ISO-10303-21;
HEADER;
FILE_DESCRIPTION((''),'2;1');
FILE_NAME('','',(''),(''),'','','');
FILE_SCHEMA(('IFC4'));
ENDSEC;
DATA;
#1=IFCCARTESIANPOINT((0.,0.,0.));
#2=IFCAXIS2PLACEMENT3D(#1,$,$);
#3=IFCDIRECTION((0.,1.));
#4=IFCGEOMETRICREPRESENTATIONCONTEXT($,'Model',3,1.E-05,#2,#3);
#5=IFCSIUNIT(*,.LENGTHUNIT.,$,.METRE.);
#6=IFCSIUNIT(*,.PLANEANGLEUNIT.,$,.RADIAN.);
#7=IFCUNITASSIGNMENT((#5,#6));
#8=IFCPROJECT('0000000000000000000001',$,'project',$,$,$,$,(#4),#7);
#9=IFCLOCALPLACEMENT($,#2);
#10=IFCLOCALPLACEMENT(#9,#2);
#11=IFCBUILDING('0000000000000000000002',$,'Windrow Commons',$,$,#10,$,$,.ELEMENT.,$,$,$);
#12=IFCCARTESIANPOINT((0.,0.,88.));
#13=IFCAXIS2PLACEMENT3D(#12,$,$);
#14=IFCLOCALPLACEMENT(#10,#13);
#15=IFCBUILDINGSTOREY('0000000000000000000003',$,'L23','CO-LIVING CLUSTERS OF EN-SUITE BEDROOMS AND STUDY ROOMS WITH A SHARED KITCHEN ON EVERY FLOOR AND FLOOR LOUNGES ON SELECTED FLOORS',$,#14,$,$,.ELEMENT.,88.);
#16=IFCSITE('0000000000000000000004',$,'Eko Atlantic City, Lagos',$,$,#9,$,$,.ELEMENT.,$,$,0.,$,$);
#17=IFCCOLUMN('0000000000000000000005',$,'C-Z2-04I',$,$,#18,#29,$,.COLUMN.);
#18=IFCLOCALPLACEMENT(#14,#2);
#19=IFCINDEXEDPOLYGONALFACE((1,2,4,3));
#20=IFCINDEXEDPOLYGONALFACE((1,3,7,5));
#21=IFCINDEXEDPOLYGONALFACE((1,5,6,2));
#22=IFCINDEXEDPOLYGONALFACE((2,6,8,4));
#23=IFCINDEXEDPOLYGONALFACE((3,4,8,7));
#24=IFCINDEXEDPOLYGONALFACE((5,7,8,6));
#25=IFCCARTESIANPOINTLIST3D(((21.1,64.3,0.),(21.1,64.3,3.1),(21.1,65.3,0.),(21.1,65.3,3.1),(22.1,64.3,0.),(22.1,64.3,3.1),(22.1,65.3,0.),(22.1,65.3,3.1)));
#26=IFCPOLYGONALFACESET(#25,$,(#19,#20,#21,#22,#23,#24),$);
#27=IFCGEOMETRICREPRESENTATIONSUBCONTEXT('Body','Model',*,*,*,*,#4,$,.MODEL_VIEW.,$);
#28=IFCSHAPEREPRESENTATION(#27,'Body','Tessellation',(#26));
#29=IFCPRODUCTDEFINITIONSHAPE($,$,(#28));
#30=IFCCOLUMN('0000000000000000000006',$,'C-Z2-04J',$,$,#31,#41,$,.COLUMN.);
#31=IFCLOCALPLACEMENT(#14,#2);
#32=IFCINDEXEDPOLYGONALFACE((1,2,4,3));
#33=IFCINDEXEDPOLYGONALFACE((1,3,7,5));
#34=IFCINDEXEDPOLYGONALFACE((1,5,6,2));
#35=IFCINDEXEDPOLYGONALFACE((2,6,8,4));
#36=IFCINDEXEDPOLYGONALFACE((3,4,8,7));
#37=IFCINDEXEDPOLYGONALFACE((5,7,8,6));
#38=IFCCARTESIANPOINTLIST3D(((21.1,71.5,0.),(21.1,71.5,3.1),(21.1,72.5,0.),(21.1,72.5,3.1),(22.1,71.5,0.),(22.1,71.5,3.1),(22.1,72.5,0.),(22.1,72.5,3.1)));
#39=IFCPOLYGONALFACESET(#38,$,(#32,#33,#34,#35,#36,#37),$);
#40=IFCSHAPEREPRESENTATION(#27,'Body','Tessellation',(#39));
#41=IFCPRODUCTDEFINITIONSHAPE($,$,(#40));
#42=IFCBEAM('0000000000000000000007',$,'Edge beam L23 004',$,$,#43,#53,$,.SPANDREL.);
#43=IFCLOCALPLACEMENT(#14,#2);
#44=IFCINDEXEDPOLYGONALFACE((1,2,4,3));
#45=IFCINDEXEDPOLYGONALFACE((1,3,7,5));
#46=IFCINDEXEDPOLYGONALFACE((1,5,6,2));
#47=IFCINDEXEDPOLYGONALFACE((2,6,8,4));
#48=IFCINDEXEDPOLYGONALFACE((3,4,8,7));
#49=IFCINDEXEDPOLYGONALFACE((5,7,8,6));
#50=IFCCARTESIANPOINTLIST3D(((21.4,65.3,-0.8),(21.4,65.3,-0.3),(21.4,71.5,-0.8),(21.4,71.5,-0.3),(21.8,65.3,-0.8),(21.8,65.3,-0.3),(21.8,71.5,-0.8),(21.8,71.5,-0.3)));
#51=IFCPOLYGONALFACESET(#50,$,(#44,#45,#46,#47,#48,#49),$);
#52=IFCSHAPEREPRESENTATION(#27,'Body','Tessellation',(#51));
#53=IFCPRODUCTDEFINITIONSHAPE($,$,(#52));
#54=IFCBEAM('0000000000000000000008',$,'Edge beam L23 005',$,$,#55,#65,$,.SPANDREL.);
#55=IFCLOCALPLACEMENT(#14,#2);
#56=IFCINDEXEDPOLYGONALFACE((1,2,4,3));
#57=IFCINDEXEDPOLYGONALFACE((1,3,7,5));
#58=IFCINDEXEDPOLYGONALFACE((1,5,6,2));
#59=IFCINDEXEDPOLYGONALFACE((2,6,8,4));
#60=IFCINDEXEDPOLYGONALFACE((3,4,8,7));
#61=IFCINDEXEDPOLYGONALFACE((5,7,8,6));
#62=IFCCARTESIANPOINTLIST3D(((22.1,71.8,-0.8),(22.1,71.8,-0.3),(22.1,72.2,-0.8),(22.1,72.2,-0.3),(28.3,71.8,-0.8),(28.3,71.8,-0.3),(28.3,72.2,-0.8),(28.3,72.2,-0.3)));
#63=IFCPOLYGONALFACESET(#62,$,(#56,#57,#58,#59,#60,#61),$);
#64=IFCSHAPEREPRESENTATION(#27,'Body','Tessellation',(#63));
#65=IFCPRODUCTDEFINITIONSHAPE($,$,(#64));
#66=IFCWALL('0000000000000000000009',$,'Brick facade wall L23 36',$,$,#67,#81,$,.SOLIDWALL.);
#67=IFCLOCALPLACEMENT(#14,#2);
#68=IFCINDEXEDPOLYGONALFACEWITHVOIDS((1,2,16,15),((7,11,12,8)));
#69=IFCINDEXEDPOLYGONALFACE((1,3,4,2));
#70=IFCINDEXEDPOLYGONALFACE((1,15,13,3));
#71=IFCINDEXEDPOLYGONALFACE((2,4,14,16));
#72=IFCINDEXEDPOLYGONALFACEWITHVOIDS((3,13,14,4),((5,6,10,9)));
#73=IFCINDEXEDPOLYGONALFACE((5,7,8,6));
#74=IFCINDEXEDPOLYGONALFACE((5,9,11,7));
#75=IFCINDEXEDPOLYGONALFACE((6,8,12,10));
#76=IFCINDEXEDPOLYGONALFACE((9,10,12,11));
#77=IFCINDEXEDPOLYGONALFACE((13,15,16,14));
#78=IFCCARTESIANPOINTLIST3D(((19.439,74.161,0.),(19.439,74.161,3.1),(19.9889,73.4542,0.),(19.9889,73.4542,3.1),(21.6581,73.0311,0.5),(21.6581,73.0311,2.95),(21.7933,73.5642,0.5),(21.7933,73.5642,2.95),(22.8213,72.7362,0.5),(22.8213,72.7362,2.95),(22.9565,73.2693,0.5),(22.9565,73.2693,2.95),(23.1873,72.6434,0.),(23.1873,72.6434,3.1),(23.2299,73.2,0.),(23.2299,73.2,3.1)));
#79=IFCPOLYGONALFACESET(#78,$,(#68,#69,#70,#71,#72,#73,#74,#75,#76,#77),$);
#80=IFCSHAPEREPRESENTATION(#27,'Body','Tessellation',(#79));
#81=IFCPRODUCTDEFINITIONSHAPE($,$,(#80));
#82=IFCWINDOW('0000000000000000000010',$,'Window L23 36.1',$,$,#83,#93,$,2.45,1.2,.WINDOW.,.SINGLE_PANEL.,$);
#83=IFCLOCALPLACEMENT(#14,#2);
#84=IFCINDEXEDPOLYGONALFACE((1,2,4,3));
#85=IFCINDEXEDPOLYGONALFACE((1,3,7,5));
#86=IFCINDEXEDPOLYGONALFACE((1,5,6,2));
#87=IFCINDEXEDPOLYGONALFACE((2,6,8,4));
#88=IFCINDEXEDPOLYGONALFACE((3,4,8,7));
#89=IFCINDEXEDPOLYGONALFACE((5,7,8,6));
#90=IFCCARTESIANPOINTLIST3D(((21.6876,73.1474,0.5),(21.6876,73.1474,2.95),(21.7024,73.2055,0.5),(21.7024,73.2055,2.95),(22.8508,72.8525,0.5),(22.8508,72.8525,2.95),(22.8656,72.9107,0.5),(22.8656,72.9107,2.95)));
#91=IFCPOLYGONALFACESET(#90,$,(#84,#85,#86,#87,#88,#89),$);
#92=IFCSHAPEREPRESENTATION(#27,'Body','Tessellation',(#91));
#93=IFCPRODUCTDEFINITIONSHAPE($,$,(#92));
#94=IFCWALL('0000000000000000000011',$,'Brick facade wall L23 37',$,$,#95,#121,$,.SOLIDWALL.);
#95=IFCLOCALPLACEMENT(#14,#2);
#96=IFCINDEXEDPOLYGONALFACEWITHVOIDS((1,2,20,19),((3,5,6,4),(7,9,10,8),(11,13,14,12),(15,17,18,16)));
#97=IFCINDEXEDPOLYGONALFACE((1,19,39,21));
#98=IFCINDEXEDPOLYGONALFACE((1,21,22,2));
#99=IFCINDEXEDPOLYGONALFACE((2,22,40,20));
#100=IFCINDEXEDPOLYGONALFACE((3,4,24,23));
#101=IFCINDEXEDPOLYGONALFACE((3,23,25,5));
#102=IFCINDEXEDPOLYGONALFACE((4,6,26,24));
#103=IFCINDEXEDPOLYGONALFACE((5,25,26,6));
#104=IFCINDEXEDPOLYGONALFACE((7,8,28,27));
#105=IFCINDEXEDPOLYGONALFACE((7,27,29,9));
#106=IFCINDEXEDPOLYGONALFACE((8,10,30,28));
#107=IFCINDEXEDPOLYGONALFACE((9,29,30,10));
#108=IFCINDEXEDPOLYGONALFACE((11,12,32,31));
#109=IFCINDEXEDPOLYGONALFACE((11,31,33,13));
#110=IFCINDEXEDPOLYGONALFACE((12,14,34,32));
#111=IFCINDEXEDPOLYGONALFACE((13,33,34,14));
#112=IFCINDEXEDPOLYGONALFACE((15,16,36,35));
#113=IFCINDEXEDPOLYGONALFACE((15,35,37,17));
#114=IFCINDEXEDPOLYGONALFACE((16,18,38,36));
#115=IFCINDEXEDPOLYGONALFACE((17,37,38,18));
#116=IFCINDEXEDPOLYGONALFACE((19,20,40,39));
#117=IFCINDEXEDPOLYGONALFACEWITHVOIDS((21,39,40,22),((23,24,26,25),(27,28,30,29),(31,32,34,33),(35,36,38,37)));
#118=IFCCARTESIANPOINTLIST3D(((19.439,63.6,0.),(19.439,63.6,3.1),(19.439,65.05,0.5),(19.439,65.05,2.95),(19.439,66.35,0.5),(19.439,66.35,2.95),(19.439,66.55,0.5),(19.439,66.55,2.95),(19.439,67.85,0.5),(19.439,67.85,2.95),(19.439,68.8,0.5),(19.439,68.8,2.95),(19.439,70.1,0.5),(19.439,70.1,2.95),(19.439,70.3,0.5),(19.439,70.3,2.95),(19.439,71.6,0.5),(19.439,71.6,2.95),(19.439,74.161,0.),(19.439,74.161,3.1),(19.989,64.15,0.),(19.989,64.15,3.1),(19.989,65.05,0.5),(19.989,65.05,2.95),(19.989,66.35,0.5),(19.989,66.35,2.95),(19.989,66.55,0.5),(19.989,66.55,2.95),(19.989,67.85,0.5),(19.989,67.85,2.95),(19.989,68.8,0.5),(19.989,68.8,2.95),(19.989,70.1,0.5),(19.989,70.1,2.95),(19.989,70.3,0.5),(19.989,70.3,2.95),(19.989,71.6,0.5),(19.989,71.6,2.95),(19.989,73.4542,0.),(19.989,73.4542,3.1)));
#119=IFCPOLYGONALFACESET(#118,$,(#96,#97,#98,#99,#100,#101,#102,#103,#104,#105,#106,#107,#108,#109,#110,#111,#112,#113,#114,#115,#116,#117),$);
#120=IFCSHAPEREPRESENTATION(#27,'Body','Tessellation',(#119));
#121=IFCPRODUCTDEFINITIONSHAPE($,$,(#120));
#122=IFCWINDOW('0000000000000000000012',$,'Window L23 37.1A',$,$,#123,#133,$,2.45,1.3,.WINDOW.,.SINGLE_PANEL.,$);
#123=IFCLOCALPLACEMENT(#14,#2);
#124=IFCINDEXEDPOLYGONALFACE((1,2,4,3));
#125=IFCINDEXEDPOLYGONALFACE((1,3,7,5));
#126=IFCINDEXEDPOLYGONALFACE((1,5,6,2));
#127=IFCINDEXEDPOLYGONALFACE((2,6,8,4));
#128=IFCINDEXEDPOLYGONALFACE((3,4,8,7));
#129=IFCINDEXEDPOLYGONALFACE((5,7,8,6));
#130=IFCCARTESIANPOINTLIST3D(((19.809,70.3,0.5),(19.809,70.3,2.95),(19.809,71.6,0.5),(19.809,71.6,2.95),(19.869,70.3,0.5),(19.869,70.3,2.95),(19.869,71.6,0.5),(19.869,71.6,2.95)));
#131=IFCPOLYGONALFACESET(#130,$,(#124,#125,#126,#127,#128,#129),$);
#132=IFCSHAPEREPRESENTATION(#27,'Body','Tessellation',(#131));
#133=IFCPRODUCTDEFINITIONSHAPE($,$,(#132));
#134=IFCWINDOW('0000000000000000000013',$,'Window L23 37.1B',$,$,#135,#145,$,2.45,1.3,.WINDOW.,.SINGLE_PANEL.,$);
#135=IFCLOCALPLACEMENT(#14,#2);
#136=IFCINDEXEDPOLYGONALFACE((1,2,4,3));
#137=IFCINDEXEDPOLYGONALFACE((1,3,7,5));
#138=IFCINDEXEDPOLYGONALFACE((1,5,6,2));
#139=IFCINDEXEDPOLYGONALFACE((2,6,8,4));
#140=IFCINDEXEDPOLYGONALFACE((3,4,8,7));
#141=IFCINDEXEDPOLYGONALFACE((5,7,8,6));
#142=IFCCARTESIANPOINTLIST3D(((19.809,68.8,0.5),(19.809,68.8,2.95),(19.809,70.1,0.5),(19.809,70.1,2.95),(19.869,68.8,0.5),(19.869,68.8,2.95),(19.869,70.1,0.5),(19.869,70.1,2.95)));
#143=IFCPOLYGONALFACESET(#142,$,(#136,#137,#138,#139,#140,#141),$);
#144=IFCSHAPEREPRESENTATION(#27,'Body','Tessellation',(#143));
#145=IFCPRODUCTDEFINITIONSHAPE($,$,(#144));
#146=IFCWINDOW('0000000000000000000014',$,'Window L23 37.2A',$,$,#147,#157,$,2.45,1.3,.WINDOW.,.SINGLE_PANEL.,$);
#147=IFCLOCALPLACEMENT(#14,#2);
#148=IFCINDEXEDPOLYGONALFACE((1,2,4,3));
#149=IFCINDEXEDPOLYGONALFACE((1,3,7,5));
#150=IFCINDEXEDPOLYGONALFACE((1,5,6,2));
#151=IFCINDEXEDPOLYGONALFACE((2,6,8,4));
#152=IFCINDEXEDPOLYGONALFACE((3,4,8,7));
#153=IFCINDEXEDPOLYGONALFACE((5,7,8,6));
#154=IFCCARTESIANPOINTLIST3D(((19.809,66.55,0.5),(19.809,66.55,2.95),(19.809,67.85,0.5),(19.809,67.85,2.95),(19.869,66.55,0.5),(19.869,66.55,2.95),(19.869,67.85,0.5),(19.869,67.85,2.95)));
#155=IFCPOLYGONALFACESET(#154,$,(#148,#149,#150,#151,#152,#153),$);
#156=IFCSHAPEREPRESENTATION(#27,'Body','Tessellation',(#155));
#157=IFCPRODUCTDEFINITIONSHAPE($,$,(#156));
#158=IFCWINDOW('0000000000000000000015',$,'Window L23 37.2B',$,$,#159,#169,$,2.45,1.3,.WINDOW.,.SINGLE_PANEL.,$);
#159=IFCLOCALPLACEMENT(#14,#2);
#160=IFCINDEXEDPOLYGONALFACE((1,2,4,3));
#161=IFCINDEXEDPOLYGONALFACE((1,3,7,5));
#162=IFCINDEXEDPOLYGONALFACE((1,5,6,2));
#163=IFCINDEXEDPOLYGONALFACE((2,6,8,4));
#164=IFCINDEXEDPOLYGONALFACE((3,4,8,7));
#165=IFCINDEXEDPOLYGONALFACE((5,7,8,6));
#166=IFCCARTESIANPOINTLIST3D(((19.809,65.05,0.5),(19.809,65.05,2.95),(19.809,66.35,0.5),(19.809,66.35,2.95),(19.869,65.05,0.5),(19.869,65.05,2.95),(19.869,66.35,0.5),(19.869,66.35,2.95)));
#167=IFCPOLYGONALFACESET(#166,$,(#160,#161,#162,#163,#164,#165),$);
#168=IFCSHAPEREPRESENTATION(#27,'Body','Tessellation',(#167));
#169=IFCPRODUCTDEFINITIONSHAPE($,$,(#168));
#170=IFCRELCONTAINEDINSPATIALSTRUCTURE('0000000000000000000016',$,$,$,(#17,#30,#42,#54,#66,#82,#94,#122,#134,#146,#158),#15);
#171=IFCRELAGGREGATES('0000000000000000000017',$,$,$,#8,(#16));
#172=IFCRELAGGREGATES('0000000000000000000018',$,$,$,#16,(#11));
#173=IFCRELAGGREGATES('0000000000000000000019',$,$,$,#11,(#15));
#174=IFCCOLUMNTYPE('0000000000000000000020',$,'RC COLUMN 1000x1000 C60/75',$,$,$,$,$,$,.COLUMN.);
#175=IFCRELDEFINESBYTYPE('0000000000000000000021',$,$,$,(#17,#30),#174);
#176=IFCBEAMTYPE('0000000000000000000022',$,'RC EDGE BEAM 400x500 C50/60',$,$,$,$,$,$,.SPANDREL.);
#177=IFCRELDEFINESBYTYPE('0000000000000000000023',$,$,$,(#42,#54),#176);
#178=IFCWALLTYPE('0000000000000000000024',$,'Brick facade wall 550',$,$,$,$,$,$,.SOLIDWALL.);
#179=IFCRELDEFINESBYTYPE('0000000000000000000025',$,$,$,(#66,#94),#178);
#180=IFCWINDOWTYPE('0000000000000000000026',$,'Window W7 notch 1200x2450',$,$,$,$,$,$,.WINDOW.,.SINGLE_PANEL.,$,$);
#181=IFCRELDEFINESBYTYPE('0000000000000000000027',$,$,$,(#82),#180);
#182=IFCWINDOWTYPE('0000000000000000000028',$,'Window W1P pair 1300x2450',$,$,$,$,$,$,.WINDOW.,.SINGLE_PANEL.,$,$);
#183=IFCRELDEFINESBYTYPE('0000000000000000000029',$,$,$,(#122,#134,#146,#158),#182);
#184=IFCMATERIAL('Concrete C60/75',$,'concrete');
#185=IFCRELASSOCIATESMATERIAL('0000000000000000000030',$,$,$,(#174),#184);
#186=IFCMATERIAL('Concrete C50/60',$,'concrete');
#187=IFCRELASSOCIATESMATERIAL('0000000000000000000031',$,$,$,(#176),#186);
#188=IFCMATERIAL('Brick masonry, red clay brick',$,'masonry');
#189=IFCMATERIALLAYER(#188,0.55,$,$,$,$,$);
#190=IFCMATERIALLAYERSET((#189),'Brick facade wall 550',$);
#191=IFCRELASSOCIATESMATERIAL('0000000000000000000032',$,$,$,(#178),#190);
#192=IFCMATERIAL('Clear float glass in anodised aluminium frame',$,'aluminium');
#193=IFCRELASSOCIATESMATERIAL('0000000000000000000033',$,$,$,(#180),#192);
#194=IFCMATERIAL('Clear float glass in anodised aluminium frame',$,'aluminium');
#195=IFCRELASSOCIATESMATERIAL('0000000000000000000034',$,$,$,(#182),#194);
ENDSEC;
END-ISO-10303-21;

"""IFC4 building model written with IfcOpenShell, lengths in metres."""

from ifc_helpers import new_model, si_unit, direction, frame, frame_2d, origin, origin_2d, place, context, subcontext, project, spatial, polyline, rectangle, outline, extrude, material, layer, layer_set, material_profile, profile_set, type_object, element, fill, save


model = new_model("IFC4")

# Units and contexts
model_context = context("Model", 3, precision=1e-05, world=origin(), true_north=direction((0.0, 1.0)))
body_context = subcontext(model_context, "Body", "Model", "MODEL_VIEW")
ifc_project = project(units=[si_unit("LENGTHUNIT", "METRE"), si_unit("PLANEANGLEUNIT", "RADIAN")], contexts=[model_context])

# Site, building, storey
site_placement = place(None, origin())
site = spatial("IfcSite", under=ifc_project, at=site_placement, Name="Eko Atlantic City, Lagos", CompositionType="ELEMENT", RefElevation=0.0)
building_placement = place(site_placement, origin())
building = spatial("IfcBuilding", under=site, at=building_placement, Name="Windrow Commons", CompositionType="ELEMENT")
storey_placement = place(building_placement, frame((0.0, 0.0, 88.0)))
storey = spatial("IfcBuildingStorey", under=building, at=storey_placement, Name="L23", Description="CO-LIVING CLUSTERS OF EN-SUITE BEDROOMS AND STUDY ROOMS WITH A SHARED KITCHEN ON EVERY FLOOR AND FLOOR LOUNGES ON SELECTED FLOORS", CompositionType="ELEMENT", Elevation=88.0)

# Columns
ifc_material_1 = material(Name="Concrete C60/75", Category="concrete")
ifc_material_profile_1 = material_profile(ifc_material_1, rectangle(XDim=1.0, YDim=1.0, at=origin_2d()))
ifc_profile_set_1 = profile_set([ifc_material_profile_1], Name="Concrete C60/75")
column_type = type_object("IfcColumnType", Name="RC COLUMN 1000x1000 C60/75", PredefinedType="COLUMN", material=ifc_profile_set_1)
for number, where, z_axis, x_axis, name in (
    (1, (21.6, 64.8, 0.0), (0.0, 0.0, 1.0), (1.0, 0.0, 0.0), "C-Z2-04I"),
    (2, (21.6, 72.0, 0.0), (0.0, 0.0, 1.0), (1.0, 0.0, 0.0), "C-Z2-04J"),
):
    element("IfcColumn", number, at=place(storey_placement, frame(where, z_axis=z_axis, x_axis=x_axis)), inside=storey, type_object=column_type, Name=name, PredefinedType="COLUMN", context=body_context, shape_type="SweptSolid", body=[
        extrude(rectangle(XDim=1.0, YDim=1.0, at=origin_2d()), origin(), (0.0, 0.0, 1.0), 3.1),
    ])

# Beams
ifc_material_2 = material(Name="Concrete C50/60", Category="concrete")
ifc_material_profile_2 = material_profile(ifc_material_2, rectangle(XDim=0.4, YDim=0.5, at=origin_2d()))
ifc_profile_set_2 = profile_set([ifc_material_profile_2], Name="Concrete C50/60")
beam_type = type_object("IfcBeamType", Name="RC EDGE BEAM 400x500 C50/60", PredefinedType="SPANDREL", material=ifc_profile_set_2)
for number, where, z_axis, x_axis, name in (
    (3, (21.6, 65.3, -0.55), (0.0, 1.0, 0.0), (-1.0, 0.0, 0.0), "Edge beam L23 004"),
    (4, (22.1, 72.0, -0.55), (1.0, 0.0, 0.0), (0.0, 1.0, 0.0), "Edge beam L23 005"),
):
    element("IfcBeam", number, at=place(storey_placement, frame(where, z_axis=z_axis, x_axis=x_axis)), inside=storey, type_object=beam_type, Name=name, PredefinedType="SPANDREL", context=body_context, shape_type="SweptSolid", body=[
        extrude(rectangle(XDim=0.4, YDim=0.5, at=origin_2d()), origin(), (0.0, 0.0, 1.0), 6.2),
    ])

# Wall, opening, window
ifc_material_3 = material(Name="Brick masonry, red clay brick", Category="masonry")
ifc_layer_1 = layer(ifc_material_3, 0.55)
ifc_layer_set_1 = layer_set([ifc_layer_1], Name="Brick facade wall 550")
wall_type_1 = type_object("IfcWallType", Name="Brick facade wall 550", PredefinedType="SOLIDWALL", material=ifc_layer_set_1)
wall_1_placement = place(storey_placement, frame((23.2086, 72.9217, 0.0), z_axis=(0.0, 0.0, 1.0), x_axis=(-0.969338, 0.245732, 0.0)))
wall_1 = element("IfcWall", 5, at=wall_1_placement, inside=storey, type_object=wall_type_1, Name="Brick facade wall L23 36", PredefinedType="SOLIDWALL", context=body_context, shape_type="SweptSolid", body=[
    extrude(outline(polyline([(0.0477, -0.275), (3.9586, -0.275), (3.2518, 0.275), (-0.0477, 0.275), (0.0477, -0.275)])), origin(), (0.0, 0.0, 1.0), 3.1),
])
opening_1_placement = place(wall_1_placement, frame((0.3298, 0.0, 0.5)))
opening_1 = element("IfcOpeningElement", 6, at=opening_1_placement, cuts=wall_1, PredefinedType="OPENING", context=body_context, shape_type="SweptSolid", body=[
    extrude(rectangle(XDim=1.2, YDim=2.45, at=frame_2d((0.6, 1.225))), frame((0.0, 0.285, 0.0), z_axis=(0.0, -1.0, 0.0), x_axis=(1.0, 0.0, 0.0)), (0.0, 0.0, 1.0), 0.57),
])
ifc_material_4 = material(Name="Clear float glass in anodised aluminium frame", Category="aluminium")
window_type_1 = type_object("IfcWindowType", Name="Window W7 notch 1200x2450", PartitioningType="SINGLE_PANEL", PredefinedType="WINDOW", material=ifc_material_4)
window_1_placement = place(opening_1_placement, origin())
window_1 = element("IfcWindow", 7, at=window_1_placement, inside=storey, type_object=window_type_1, Name="Window L23 36.1", OverallHeight=2.45, OverallWidth=1.2, PartitioningType="SINGLE_PANEL", PredefinedType="WINDOW", context=body_context, shape_type="SweptSolid", body=[
    extrude(rectangle(XDim=1.2, YDim=2.45, at=frame_2d((0.6, 1.225))), frame((0.0, 0.155, 0.0), z_axis=(0.0, -1.0, 0.0), x_axis=(1.0, 0.0, 0.0)), (0.0, 0.0, 1.0), 0.06),
])
fill(opening_1, window_1)

# Wall, openings, windows
wall_2_placement = place(storey_placement, frame((19.714, 73.8076, 0.0), z_axis=(0.0, 0.0, 1.0), x_axis=(0.0, -1.0, 0.0)))
wall_2 = element("IfcWall", 8, at=wall_2_placement, inside=storey, type_object=wall_type_1, Name="Brick facade wall L23 37", PredefinedType="SOLIDWALL", context=body_context, shape_type="SweptSolid", body=[
    extrude(outline(polyline([(-0.3534, -0.275), (10.2076, -0.275), (9.6576, 0.275), (0.3534, 0.275), (-0.3534, -0.275)])), origin(), (0.0, 0.0, 1.0), 3.1),
])
opening_2_placement = place(wall_2_placement, frame((2.2076, 0.0, 0.5)))
opening_2 = element("IfcOpeningElement", 9, at=opening_2_placement, cuts=wall_2, PredefinedType="OPENING", context=body_context, shape_type="SweptSolid", body=[
    extrude(rectangle(XDim=1.3, YDim=2.45, at=frame_2d((0.65, 1.225))), frame((0.0, 0.285, 0.0), z_axis=(0.0, -1.0, 0.0), x_axis=(1.0, 0.0, 0.0)), (0.0, 0.0, 1.0), 0.57),
])
opening_3_placement = place(wall_2_placement, frame((3.7076, 0.0, 0.5)))
opening_3 = element("IfcOpeningElement", 10, at=opening_3_placement, cuts=wall_2, PredefinedType="OPENING", context=body_context, shape_type="SweptSolid", body=[
    extrude(rectangle(XDim=1.3, YDim=2.45, at=frame_2d((0.65, 1.225))), frame((0.0, 0.285, 0.0), z_axis=(0.0, -1.0, 0.0), x_axis=(1.0, 0.0, 0.0)), (0.0, 0.0, 1.0), 0.57),
])
opening_4_placement = place(wall_2_placement, frame((5.9576, 0.0, 0.5)))
opening_4 = element("IfcOpeningElement", 11, at=opening_4_placement, cuts=wall_2, PredefinedType="OPENING", context=body_context, shape_type="SweptSolid", body=[
    extrude(rectangle(XDim=1.3, YDim=2.45, at=frame_2d((0.65, 1.225))), frame((0.0, 0.285, 0.0), z_axis=(0.0, -1.0, 0.0), x_axis=(1.0, 0.0, 0.0)), (0.0, 0.0, 1.0), 0.57),
])
opening_5_placement = place(wall_2_placement, frame((7.4576, 0.0, 0.5)))
opening_5 = element("IfcOpeningElement", 12, at=opening_5_placement, cuts=wall_2, PredefinedType="OPENING", context=body_context, shape_type="SweptSolid", body=[
    extrude(rectangle(XDim=1.3, YDim=2.45, at=frame_2d((0.65, 1.225))), frame((0.0, 0.285, 0.0), z_axis=(0.0, -1.0, 0.0), x_axis=(1.0, 0.0, 0.0)), (0.0, 0.0, 1.0), 0.57),
])
ifc_material_5 = material(Name="Clear float glass in anodised aluminium frame", Category="aluminium")
window_type_2 = type_object("IfcWindowType", Name="Window W1P pair 1300x2450", PartitioningType="SINGLE_PANEL", PredefinedType="WINDOW", material=ifc_material_5)
window_2_placement = place(opening_2_placement, origin())
window_2 = element("IfcWindow", 13, at=window_2_placement, inside=storey, type_object=window_type_2, Name="Window L23 37.1A", OverallHeight=2.45, OverallWidth=1.3, PartitioningType="SINGLE_PANEL", PredefinedType="WINDOW", context=body_context, shape_type="SweptSolid", body=[
    extrude(rectangle(XDim=1.3, YDim=2.45, at=frame_2d((0.65, 1.225))), frame((0.0, 0.155, 0.0), z_axis=(0.0, -1.0, 0.0), x_axis=(1.0, 0.0, 0.0)), (0.0, 0.0, 1.0), 0.06),
])
fill(opening_2, window_2)
window_3_placement = place(opening_3_placement, origin())
window_3 = element("IfcWindow", 14, at=window_3_placement, inside=storey, type_object=window_type_2, Name="Window L23 37.1B", OverallHeight=2.45, OverallWidth=1.3, PartitioningType="SINGLE_PANEL", PredefinedType="WINDOW", context=body_context, shape_type="SweptSolid", body=[
    extrude(rectangle(XDim=1.3, YDim=2.45, at=frame_2d((0.65, 1.225))), frame((0.0, 0.155, 0.0), z_axis=(0.0, -1.0, 0.0), x_axis=(1.0, 0.0, 0.0)), (0.0, 0.0, 1.0), 0.06),
])
fill(opening_3, window_3)
window_4_placement = place(opening_4_placement, origin())
window_4 = element("IfcWindow", 15, at=window_4_placement, inside=storey, type_object=window_type_2, Name="Window L23 37.2A", OverallHeight=2.45, OverallWidth=1.3, PartitioningType="SINGLE_PANEL", PredefinedType="WINDOW", context=body_context, shape_type="SweptSolid", body=[
    extrude(rectangle(XDim=1.3, YDim=2.45, at=frame_2d((0.65, 1.225))), frame((0.0, 0.155, 0.0), z_axis=(0.0, -1.0, 0.0), x_axis=(1.0, 0.0, 0.0)), (0.0, 0.0, 1.0), 0.06),
])
fill(opening_4, window_4)
window_5_placement = place(opening_5_placement, origin())
window_5 = element("IfcWindow", 16, at=window_5_placement, inside=storey, type_object=window_type_2, Name="Window L23 37.2B", OverallHeight=2.45, OverallWidth=1.3, PartitioningType="SINGLE_PANEL", PredefinedType="WINDOW", context=body_context, shape_type="SweptSolid", body=[
    extrude(rectangle(XDim=1.3, YDim=2.45, at=frame_2d((0.65, 1.225))), frame((0.0, 0.155, 0.0), z_axis=(0.0, -1.0, 0.0), x_axis=(1.0, 0.0, 0.0)), (0.0, 0.0, 1.0), 0.06),
])
fill(opening_5, window_5)

save(model, "model.ifc")
